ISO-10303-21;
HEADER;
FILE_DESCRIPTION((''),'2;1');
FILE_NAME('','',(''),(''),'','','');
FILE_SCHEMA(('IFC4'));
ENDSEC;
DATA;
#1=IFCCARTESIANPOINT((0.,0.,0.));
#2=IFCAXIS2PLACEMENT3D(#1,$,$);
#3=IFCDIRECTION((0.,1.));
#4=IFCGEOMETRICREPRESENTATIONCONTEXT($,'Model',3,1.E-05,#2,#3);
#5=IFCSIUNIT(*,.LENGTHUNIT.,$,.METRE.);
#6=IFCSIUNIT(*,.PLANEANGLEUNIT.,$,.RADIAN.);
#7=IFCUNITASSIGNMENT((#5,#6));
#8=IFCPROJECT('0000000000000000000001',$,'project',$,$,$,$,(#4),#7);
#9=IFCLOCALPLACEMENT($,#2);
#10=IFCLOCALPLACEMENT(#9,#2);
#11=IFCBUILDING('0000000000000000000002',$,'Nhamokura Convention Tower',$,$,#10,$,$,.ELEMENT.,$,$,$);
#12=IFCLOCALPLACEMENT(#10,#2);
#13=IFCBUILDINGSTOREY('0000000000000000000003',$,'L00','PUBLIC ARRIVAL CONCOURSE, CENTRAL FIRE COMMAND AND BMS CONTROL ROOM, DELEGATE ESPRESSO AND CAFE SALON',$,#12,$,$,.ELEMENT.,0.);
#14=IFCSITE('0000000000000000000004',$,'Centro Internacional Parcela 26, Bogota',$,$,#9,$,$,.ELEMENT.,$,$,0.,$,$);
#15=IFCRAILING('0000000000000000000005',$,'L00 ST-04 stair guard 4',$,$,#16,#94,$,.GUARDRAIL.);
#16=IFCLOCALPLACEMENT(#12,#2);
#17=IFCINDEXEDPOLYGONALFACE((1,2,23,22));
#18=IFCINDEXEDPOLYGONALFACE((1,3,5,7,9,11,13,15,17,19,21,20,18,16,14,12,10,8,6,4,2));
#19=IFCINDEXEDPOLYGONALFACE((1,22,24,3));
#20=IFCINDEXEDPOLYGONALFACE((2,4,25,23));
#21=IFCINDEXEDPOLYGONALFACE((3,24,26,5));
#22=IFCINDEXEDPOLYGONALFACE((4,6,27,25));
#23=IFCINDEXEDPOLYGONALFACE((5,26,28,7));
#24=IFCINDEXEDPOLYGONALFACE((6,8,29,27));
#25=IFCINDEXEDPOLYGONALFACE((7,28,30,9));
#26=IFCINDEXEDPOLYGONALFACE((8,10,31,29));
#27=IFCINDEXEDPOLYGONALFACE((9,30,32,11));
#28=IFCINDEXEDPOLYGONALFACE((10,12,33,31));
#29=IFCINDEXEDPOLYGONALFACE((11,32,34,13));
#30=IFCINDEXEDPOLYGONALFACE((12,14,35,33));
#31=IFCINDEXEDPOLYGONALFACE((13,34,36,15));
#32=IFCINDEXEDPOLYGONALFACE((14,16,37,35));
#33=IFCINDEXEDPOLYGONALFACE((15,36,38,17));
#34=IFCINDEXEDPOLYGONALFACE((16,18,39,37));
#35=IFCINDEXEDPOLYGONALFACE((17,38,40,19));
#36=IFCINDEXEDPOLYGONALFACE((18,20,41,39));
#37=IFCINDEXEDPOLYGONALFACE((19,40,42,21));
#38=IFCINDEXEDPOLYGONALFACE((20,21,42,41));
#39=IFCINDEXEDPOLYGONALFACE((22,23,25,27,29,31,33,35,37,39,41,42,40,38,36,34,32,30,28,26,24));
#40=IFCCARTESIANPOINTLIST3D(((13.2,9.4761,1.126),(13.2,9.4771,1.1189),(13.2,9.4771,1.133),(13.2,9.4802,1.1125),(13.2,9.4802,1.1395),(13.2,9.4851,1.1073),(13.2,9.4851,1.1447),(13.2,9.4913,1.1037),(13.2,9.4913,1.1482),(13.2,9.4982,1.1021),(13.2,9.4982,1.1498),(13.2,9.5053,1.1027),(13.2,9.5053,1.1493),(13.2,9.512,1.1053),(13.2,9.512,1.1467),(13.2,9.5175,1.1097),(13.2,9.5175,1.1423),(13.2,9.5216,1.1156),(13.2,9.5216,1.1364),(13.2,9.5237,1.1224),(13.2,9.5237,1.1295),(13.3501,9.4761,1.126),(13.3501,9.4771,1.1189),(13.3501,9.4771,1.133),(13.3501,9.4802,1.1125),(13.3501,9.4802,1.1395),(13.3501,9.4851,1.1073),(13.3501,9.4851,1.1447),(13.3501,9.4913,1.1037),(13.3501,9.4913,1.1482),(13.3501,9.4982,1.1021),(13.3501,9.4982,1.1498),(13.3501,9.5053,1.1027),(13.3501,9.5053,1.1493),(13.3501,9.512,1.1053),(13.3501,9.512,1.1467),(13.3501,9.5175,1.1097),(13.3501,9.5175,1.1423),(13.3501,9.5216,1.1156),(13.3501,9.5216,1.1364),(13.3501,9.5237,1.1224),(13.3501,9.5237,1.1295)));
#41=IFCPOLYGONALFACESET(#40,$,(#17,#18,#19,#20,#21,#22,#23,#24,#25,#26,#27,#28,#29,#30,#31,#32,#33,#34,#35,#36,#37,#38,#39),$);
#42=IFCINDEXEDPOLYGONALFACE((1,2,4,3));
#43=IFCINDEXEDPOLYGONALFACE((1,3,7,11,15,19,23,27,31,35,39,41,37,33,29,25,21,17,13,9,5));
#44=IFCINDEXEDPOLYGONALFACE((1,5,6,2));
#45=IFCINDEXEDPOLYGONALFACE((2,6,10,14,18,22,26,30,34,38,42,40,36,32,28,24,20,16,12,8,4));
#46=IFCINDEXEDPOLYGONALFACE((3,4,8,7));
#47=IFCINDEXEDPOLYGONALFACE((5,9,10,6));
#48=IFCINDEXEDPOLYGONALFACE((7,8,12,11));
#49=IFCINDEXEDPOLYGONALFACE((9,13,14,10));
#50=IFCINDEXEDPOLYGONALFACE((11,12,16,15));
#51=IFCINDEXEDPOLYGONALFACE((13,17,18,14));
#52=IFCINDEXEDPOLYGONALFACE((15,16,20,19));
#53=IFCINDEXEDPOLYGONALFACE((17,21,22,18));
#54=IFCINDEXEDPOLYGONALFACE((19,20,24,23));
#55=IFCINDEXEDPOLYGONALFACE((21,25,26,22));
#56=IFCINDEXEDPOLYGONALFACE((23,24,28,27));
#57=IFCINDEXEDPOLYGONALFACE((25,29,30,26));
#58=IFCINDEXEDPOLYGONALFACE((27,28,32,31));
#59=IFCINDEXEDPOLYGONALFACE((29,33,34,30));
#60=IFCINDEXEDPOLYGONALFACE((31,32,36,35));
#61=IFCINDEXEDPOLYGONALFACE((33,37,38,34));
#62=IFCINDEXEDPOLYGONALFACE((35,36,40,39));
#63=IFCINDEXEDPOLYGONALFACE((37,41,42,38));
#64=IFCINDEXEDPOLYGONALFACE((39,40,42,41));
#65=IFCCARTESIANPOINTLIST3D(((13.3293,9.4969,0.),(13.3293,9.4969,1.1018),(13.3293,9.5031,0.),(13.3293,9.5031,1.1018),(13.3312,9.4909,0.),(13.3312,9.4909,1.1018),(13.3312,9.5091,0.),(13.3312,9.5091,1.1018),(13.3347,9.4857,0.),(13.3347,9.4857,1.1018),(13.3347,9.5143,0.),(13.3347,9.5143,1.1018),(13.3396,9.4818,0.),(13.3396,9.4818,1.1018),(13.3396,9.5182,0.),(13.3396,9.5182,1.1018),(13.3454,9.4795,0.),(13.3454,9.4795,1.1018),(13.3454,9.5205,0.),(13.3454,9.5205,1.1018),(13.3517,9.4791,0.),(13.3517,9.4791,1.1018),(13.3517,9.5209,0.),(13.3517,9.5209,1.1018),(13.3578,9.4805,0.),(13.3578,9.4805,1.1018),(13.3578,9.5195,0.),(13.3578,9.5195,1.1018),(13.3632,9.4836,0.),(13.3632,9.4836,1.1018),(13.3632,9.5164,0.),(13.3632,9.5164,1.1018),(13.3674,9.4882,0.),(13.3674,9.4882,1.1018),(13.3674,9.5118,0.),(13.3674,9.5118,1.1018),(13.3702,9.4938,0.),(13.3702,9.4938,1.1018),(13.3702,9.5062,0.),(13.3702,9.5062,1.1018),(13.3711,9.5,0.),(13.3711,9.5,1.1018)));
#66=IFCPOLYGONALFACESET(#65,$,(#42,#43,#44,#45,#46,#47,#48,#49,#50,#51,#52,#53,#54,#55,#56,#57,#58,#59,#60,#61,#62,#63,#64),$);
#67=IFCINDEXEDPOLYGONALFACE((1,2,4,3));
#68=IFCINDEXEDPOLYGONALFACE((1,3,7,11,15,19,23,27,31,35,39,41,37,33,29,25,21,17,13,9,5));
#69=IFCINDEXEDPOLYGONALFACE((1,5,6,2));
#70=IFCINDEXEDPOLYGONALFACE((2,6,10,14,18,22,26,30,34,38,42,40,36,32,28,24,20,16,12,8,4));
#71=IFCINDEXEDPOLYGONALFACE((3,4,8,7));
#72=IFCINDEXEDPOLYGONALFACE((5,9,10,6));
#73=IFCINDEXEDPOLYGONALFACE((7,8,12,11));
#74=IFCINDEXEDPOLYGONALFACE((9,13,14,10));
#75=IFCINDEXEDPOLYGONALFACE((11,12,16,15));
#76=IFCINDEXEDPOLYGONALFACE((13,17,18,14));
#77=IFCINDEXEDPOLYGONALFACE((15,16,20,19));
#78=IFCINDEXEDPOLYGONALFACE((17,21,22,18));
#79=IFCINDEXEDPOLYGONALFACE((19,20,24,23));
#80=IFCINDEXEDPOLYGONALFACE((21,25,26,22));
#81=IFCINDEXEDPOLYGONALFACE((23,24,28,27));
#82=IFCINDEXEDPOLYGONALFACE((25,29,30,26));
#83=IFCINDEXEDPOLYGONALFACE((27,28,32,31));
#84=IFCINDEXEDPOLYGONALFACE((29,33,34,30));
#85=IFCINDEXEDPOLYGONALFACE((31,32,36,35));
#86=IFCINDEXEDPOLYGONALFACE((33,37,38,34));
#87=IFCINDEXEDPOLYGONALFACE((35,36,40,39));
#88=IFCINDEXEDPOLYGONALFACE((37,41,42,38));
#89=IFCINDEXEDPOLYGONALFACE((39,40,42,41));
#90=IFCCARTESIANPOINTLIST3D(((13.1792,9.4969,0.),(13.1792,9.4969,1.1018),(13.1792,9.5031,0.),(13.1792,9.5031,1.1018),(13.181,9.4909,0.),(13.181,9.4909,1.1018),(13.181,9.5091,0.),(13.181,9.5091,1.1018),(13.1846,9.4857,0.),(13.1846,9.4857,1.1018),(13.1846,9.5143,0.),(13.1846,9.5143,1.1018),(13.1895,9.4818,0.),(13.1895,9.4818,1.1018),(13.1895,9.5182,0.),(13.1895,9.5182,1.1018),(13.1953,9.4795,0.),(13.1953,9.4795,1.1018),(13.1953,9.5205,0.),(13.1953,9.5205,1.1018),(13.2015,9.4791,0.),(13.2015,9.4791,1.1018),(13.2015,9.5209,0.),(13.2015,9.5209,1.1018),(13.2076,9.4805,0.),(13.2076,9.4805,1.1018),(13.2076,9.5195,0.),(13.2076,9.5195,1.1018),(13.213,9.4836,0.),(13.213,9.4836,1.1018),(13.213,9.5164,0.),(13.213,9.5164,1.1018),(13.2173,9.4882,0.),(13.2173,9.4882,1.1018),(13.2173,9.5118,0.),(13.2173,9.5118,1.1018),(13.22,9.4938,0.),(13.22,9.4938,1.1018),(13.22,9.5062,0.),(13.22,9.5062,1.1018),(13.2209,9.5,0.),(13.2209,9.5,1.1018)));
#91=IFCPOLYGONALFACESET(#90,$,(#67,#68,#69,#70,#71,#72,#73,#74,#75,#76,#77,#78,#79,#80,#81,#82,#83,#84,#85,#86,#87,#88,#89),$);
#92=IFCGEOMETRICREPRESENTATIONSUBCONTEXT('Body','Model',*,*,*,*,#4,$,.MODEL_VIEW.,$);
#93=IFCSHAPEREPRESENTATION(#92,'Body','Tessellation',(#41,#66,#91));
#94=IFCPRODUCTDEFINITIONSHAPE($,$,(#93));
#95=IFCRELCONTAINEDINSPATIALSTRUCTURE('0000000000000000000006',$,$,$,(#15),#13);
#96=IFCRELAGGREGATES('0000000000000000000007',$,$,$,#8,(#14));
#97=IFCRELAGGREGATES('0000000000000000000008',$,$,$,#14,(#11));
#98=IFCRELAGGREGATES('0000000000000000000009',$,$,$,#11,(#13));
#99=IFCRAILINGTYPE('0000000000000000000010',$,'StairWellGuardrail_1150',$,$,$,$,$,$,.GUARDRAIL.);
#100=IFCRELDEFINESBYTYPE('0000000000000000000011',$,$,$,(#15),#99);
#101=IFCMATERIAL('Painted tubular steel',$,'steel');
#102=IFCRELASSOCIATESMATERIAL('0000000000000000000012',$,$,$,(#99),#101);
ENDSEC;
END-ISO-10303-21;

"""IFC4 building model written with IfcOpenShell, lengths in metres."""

from ifc_helpers import new_model, si_unit, direction, frame, origin, origin_2d, place, context, subcontext, project, spatial, circle, extrude, material, type_object, element, save


model = new_model("IFC4")

# Units and contexts
model_context = context("Model", 3, precision=1e-05, world=origin(), true_north=direction((0.0, 1.0)))
body_context = subcontext(model_context, "Body", "Model", "MODEL_VIEW")
ifc_project = project(units=[si_unit("LENGTHUNIT", "METRE"), si_unit("PLANEANGLEUNIT", "RADIAN")], contexts=[model_context])

# Site, building, storey
site_placement = place(None, origin())
site = spatial("IfcSite", under=ifc_project, at=site_placement, Name="Centro Internacional Parcela 26, Bogota", CompositionType="ELEMENT", RefElevation=0.0)
building_placement = place(site_placement, origin())
building = spatial("IfcBuilding", under=site, at=building_placement, Name="Nhamokura Convention Tower", CompositionType="ELEMENT")
storey_placement = place(building_placement, origin())
storey = spatial("IfcBuildingStorey", under=building, at=storey_placement, Name="L00", Description="PUBLIC ARRIVAL CONCOURSE, CENTRAL FIRE COMMAND AND BMS CONTROL ROOM, DELEGATE ESPRESSO AND CAFE SALON", CompositionType="ELEMENT", Elevation=0.0)

# Railing
ifc_material_1 = material(Name="Painted tubular steel", Category="steel")
railing_type = type_object("IfcRailingType", Name="StairWellGuardrail_1150", PredefinedType="GUARDRAIL", material=ifc_material_1)
railing_1_placement = place(storey_placement, frame((13.3501, 9.5, 0.0)))
element("IfcRailing", 1, at=railing_1_placement, inside=storey, type_object=railing_type, Name="L00 ST-04 stair guard 4", PredefinedType="GUARDRAIL", context=body_context, shape_type="SweptSolid", body=[
    extrude(circle(Radius=0.0239, at=origin_2d()), frame((0.0, 0.0, 1.126), z_axis=(-1.0, 0.0, 0.0), x_axis=(0.0, -1.0, 0.0)), (0.0, 0.0, 1.0), 0.1501),
    extrude(circle(Radius=0.021, at=origin_2d()), origin(), (0.0, 0.0, 1.0), 1.1018),
    extrude(circle(Radius=0.021, at=origin_2d()), frame((-0.1501, 0.0, 0.0)), (0.0, 0.0, 1.0), 1.1018),
])

save(model, "model.ifc")
